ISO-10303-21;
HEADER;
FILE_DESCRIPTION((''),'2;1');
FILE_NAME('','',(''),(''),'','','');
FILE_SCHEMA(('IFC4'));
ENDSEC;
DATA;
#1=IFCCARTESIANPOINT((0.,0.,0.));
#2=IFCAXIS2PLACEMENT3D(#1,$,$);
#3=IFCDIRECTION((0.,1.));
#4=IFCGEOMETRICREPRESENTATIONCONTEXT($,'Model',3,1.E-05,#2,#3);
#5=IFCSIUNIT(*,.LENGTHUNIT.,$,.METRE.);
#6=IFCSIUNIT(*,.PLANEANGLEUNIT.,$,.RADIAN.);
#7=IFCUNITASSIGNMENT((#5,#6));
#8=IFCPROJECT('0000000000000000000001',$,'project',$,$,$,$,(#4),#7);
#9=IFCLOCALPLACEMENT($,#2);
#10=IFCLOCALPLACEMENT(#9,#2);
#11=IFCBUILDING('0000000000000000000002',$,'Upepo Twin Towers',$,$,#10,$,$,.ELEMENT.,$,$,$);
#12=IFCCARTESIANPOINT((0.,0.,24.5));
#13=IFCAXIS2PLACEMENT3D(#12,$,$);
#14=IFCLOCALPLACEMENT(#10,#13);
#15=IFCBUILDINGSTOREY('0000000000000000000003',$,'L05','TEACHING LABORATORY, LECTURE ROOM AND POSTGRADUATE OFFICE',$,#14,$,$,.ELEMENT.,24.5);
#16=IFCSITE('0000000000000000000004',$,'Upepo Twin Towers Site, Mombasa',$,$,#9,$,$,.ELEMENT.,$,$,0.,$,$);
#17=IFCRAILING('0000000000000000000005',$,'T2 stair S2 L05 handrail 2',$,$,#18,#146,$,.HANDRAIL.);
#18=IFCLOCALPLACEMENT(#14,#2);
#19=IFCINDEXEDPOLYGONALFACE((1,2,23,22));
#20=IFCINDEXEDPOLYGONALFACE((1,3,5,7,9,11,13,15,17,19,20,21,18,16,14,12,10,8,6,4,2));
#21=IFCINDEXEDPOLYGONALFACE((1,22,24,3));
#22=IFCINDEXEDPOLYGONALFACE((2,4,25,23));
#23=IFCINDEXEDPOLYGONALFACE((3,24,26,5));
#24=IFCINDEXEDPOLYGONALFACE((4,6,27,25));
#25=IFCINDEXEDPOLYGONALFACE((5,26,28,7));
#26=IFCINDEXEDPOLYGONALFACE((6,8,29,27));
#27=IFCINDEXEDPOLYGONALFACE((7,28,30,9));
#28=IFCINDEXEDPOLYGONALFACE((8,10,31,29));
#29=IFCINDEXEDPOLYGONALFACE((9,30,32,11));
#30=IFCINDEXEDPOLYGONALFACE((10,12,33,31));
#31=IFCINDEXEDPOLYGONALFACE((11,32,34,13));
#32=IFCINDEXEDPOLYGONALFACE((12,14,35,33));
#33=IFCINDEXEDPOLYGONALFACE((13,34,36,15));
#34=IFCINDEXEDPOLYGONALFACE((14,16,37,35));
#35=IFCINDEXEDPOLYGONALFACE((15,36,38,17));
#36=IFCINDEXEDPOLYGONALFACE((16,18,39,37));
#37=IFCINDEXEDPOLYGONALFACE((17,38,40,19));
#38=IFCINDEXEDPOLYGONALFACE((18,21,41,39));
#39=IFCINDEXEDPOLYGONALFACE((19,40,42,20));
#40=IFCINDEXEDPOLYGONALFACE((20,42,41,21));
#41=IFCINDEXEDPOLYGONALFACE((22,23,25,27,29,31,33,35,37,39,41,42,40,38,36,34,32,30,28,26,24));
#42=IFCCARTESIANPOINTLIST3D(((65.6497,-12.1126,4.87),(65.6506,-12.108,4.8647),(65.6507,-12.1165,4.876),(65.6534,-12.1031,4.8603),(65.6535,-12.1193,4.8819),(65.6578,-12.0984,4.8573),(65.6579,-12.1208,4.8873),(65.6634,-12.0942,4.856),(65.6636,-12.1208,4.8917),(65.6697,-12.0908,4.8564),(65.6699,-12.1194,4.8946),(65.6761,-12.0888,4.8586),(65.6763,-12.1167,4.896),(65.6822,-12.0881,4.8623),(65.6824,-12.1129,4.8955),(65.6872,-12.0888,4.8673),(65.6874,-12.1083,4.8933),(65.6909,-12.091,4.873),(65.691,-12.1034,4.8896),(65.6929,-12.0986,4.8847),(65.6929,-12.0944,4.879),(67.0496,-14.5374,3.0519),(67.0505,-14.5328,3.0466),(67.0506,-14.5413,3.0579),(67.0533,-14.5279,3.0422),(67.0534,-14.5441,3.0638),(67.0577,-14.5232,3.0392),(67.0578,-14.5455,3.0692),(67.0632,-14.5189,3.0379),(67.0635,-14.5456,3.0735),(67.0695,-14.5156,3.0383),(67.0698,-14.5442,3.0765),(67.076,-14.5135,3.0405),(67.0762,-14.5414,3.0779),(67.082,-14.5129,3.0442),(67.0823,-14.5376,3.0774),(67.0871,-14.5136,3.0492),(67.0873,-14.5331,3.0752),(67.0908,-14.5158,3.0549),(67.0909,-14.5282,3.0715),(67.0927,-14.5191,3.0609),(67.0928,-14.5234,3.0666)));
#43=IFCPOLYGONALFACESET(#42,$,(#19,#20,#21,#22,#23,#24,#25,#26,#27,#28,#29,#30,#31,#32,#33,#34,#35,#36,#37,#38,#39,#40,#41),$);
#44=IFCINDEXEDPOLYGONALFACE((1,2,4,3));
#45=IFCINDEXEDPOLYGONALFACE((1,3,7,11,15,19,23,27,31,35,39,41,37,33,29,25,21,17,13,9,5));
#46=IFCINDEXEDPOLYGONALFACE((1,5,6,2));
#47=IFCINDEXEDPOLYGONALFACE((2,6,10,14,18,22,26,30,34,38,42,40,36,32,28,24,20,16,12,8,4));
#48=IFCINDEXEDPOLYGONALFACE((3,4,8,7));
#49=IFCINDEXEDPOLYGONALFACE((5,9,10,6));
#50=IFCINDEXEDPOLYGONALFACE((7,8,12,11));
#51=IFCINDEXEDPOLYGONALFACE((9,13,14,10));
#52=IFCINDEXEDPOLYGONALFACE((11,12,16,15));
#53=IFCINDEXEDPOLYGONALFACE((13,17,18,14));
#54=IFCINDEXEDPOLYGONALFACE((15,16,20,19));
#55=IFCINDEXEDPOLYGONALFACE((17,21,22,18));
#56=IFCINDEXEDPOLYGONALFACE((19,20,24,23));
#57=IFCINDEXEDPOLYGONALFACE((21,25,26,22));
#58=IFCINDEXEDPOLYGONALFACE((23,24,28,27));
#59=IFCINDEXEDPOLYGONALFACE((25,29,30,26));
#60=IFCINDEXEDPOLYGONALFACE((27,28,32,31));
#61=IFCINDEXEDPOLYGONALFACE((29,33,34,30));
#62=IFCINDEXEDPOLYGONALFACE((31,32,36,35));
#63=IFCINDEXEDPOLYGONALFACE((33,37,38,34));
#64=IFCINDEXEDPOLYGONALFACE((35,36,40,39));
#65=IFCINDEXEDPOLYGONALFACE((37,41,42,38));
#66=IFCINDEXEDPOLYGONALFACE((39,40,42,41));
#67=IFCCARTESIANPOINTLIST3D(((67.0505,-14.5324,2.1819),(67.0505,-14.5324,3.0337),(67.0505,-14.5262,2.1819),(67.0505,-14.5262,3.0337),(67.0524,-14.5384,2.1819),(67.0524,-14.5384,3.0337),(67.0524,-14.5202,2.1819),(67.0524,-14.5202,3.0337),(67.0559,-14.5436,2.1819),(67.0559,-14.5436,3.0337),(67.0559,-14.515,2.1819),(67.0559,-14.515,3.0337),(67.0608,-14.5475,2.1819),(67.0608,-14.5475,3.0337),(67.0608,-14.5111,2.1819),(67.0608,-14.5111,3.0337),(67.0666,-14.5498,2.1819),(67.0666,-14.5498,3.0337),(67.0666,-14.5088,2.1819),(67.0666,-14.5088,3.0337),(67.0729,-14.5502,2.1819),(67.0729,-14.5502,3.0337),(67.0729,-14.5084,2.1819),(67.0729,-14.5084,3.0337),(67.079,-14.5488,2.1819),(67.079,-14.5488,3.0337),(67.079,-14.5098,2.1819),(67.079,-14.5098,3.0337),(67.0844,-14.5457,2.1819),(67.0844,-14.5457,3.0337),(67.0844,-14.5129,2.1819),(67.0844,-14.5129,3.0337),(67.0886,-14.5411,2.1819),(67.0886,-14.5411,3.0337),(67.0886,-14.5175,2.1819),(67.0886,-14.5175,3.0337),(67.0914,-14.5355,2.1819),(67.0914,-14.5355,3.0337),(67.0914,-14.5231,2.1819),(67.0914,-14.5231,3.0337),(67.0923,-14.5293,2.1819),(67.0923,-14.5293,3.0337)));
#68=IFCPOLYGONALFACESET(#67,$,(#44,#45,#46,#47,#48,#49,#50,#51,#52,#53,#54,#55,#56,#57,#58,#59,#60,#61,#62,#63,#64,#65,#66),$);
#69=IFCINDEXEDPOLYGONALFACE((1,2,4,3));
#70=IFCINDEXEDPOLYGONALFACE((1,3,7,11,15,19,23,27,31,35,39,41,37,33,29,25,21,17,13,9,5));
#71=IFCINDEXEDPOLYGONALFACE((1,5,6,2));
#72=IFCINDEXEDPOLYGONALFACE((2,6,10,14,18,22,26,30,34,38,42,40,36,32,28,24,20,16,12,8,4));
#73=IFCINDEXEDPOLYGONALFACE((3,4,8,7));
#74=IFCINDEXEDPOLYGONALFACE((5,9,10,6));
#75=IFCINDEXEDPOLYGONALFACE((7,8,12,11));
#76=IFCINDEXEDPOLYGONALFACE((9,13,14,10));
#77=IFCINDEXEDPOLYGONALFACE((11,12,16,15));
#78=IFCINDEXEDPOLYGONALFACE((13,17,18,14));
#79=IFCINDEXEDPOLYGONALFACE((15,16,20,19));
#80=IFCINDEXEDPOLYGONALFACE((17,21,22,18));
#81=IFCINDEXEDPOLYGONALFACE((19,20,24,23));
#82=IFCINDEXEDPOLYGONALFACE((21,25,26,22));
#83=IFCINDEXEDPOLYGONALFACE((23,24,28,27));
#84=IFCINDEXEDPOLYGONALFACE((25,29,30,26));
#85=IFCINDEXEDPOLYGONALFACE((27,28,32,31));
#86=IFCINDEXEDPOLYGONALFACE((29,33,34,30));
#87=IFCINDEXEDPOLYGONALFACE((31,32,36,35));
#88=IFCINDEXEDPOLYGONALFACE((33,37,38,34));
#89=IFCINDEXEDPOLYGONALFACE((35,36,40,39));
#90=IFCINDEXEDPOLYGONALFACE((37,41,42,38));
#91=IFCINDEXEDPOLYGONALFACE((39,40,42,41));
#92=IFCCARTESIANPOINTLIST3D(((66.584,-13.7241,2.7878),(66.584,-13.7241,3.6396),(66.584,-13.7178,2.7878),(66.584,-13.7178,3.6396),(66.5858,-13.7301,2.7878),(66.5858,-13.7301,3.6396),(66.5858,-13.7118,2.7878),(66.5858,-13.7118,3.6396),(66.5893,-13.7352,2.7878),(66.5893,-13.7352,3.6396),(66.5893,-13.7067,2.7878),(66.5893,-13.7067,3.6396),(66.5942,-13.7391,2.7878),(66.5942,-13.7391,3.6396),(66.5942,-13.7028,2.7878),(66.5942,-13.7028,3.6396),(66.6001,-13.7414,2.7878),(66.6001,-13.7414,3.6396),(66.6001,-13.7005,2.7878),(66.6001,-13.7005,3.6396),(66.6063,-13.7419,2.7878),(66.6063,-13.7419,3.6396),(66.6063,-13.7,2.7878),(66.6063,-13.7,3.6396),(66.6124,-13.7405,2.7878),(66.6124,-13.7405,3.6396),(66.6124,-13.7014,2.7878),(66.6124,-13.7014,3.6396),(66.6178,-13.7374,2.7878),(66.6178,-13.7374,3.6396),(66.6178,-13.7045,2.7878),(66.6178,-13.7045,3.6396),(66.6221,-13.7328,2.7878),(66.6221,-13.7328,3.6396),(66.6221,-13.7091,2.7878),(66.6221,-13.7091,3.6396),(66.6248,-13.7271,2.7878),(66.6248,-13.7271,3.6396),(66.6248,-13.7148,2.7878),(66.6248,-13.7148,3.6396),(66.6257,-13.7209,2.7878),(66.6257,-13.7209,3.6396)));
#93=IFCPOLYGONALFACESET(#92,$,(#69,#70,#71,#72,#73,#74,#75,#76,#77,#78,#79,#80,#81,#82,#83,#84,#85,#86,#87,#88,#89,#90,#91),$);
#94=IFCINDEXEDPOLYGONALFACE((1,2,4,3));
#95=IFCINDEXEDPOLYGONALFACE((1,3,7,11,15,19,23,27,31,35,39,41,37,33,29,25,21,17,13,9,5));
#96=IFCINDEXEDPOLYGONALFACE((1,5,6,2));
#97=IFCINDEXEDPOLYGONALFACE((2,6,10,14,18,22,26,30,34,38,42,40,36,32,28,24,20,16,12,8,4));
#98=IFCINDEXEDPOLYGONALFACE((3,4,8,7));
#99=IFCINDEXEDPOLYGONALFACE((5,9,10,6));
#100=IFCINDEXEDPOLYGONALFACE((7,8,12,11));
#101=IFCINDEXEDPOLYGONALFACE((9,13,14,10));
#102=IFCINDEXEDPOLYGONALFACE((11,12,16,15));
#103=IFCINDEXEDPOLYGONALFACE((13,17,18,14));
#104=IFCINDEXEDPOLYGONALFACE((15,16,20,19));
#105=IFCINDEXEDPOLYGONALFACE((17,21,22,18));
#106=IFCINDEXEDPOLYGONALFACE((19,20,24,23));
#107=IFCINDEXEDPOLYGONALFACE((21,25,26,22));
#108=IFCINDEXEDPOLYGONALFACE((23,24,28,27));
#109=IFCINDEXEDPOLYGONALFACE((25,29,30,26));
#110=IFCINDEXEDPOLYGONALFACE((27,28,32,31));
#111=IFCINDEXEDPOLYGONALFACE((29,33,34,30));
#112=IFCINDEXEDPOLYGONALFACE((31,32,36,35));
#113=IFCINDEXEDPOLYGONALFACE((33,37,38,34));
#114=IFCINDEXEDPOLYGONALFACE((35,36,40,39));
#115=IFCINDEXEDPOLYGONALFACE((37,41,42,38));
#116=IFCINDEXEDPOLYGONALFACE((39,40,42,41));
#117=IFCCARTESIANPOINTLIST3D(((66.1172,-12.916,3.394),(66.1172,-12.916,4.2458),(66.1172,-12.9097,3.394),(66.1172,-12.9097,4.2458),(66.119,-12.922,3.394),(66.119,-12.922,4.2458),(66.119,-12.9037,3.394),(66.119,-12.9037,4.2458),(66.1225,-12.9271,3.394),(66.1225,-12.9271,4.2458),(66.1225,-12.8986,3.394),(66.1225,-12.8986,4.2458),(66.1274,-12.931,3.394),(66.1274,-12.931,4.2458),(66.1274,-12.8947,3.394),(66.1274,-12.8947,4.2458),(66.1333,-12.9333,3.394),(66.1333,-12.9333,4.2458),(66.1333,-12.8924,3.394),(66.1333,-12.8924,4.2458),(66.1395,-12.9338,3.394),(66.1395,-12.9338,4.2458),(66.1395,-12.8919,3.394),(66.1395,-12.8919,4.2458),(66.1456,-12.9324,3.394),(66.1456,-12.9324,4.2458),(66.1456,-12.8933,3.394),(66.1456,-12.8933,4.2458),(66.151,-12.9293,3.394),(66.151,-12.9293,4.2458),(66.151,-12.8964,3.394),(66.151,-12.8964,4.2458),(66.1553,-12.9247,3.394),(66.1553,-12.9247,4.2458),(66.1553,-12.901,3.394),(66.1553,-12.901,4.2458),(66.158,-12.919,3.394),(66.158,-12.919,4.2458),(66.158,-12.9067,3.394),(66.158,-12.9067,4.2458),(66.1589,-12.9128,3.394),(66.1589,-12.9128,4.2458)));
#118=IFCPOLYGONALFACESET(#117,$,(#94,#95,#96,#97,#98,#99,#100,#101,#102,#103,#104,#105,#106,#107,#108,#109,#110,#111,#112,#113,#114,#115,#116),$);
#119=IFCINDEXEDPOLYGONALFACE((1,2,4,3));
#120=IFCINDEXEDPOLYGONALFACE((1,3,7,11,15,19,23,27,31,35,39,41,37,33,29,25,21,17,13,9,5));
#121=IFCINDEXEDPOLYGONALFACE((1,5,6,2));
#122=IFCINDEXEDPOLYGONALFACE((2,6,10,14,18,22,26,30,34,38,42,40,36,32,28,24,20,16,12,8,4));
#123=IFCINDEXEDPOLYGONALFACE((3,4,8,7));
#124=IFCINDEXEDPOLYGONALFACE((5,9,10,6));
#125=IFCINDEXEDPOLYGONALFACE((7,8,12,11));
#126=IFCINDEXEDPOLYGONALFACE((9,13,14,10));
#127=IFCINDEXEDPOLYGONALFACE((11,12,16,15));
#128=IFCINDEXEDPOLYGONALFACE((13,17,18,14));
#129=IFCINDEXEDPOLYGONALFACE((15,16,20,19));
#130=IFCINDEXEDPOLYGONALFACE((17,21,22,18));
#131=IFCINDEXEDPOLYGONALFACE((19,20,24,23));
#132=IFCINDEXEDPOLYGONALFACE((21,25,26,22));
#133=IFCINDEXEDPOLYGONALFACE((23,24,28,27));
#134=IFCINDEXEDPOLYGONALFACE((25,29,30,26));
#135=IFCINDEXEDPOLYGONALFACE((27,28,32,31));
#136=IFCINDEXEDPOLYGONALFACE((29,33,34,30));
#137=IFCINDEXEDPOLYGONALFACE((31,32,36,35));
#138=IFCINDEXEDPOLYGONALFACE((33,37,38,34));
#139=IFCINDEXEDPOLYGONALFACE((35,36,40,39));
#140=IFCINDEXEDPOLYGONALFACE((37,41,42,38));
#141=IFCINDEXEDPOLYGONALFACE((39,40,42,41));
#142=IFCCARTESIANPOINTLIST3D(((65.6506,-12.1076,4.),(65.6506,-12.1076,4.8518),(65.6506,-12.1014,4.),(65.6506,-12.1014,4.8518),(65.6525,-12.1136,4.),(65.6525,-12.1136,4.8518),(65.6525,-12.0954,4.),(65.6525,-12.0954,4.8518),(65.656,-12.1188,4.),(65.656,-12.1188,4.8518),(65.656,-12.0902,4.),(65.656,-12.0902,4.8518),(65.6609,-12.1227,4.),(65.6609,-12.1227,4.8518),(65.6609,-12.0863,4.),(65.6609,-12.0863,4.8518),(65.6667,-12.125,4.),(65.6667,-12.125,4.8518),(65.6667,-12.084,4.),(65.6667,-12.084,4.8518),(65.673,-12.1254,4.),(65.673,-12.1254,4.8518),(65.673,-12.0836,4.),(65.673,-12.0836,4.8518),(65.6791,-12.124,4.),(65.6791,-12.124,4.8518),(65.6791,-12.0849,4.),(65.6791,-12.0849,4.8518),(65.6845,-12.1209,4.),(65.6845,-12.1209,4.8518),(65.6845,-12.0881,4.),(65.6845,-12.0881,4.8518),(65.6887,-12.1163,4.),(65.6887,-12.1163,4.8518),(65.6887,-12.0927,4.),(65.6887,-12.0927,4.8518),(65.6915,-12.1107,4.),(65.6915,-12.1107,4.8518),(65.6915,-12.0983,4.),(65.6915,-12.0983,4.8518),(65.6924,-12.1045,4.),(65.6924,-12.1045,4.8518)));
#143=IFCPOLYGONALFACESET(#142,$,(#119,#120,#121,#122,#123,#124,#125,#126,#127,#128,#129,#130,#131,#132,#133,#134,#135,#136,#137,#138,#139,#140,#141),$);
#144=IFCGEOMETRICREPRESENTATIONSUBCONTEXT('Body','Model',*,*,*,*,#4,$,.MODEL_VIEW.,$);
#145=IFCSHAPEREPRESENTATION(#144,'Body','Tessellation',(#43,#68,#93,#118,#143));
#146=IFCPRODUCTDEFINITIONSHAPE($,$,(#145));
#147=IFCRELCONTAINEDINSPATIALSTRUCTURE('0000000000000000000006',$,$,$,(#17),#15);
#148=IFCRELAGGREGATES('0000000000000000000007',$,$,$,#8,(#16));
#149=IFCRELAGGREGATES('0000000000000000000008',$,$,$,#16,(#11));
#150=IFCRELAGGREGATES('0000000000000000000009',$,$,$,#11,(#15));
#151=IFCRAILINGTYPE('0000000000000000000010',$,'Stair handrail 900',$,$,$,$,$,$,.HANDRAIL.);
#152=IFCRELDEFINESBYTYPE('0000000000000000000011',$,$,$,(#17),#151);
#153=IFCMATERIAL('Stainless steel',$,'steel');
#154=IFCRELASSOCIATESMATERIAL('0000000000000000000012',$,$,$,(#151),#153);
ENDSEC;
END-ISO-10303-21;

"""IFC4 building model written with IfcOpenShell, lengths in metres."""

from ifc_helpers import new_model, si_unit, direction, frame, origin, origin_2d, place, context, subcontext, project, spatial, circle, extrude, material, type_object, element, save


model = new_model("IFC4")

# Units and contexts
model_context = context("Model", 3, precision=1e-05, world=origin(), true_north=direction((0.0, 1.0)))
body_context = subcontext(model_context, "Body", "Model", "MODEL_VIEW")
ifc_project = project(units=[si_unit("LENGTHUNIT", "METRE"), si_unit("PLANEANGLEUNIT", "RADIAN")], contexts=[model_context])

# Site, building, storey
site_placement = place(None, origin())
site = spatial("IfcSite", under=ifc_project, at=site_placement, Name="Upepo Twin Towers Site, Mombasa", CompositionType="ELEMENT", RefElevation=0.0)
building_placement = place(site_placement, origin())
building = spatial("IfcBuilding", under=site, at=building_placement, Name="Upepo Twin Towers", CompositionType="ELEMENT")
storey_placement = place(building_placement, frame((0.0, 0.0, 24.5)))
storey = spatial("IfcBuildingStorey", under=building, at=storey_placement, Name="L05", Description="TEACHING LABORATORY, LECTURE ROOM AND POSTGRADUATE OFFICE", CompositionType="ELEMENT", Elevation=24.5)

# Railing
ifc_material_1 = material(Name="Stainless steel", Category="steel")
railing_type = type_object("IfcRailingType", Name="Stair handrail 900", PredefinedType="HANDRAIL", material=ifc_material_1)
railing_1_placement = place(storey_placement, frame((67.0713, -14.5293, 2.1819)))
element("IfcRailing", 1, at=railing_1_placement, inside=storey, type_object=railing_type, Name="T2 stair S2 L05 handrail 2", PredefinedType="HANDRAIL", context=body_context, shape_type="SweptSolid", body=[
    extrude(circle(Radius=0.0239, at=origin_2d()), frame((0.0, 0.0, 0.876), z_axis=(-0.419333, 0.726336, 0.544606), x_axis=(-0.866035, -0.499984, 0.0)), (0.0, 0.0, 1.0), 3.3384),
    extrude(circle(Radius=0.021, at=origin_2d()), origin(), (0.0, 0.0, 1.0), 0.8518),
    extrude(circle(Radius=0.021, at=origin_2d()), frame((-0.4666, 0.8083, 0.606)), (0.0, 0.0, 1.0), 0.8518),
    extrude(circle(Radius=0.021, at=origin_2d()), frame((-0.9333, 1.6165, 1.2122)), (0.0, 0.0, 1.0), 0.8518),
    extrude(circle(Radius=0.021, at=origin_2d()), frame((-1.3999, 2.4248, 1.8181)), (0.0, 0.0, 1.0), 0.8518),
])

save(model, "model.ifc")
